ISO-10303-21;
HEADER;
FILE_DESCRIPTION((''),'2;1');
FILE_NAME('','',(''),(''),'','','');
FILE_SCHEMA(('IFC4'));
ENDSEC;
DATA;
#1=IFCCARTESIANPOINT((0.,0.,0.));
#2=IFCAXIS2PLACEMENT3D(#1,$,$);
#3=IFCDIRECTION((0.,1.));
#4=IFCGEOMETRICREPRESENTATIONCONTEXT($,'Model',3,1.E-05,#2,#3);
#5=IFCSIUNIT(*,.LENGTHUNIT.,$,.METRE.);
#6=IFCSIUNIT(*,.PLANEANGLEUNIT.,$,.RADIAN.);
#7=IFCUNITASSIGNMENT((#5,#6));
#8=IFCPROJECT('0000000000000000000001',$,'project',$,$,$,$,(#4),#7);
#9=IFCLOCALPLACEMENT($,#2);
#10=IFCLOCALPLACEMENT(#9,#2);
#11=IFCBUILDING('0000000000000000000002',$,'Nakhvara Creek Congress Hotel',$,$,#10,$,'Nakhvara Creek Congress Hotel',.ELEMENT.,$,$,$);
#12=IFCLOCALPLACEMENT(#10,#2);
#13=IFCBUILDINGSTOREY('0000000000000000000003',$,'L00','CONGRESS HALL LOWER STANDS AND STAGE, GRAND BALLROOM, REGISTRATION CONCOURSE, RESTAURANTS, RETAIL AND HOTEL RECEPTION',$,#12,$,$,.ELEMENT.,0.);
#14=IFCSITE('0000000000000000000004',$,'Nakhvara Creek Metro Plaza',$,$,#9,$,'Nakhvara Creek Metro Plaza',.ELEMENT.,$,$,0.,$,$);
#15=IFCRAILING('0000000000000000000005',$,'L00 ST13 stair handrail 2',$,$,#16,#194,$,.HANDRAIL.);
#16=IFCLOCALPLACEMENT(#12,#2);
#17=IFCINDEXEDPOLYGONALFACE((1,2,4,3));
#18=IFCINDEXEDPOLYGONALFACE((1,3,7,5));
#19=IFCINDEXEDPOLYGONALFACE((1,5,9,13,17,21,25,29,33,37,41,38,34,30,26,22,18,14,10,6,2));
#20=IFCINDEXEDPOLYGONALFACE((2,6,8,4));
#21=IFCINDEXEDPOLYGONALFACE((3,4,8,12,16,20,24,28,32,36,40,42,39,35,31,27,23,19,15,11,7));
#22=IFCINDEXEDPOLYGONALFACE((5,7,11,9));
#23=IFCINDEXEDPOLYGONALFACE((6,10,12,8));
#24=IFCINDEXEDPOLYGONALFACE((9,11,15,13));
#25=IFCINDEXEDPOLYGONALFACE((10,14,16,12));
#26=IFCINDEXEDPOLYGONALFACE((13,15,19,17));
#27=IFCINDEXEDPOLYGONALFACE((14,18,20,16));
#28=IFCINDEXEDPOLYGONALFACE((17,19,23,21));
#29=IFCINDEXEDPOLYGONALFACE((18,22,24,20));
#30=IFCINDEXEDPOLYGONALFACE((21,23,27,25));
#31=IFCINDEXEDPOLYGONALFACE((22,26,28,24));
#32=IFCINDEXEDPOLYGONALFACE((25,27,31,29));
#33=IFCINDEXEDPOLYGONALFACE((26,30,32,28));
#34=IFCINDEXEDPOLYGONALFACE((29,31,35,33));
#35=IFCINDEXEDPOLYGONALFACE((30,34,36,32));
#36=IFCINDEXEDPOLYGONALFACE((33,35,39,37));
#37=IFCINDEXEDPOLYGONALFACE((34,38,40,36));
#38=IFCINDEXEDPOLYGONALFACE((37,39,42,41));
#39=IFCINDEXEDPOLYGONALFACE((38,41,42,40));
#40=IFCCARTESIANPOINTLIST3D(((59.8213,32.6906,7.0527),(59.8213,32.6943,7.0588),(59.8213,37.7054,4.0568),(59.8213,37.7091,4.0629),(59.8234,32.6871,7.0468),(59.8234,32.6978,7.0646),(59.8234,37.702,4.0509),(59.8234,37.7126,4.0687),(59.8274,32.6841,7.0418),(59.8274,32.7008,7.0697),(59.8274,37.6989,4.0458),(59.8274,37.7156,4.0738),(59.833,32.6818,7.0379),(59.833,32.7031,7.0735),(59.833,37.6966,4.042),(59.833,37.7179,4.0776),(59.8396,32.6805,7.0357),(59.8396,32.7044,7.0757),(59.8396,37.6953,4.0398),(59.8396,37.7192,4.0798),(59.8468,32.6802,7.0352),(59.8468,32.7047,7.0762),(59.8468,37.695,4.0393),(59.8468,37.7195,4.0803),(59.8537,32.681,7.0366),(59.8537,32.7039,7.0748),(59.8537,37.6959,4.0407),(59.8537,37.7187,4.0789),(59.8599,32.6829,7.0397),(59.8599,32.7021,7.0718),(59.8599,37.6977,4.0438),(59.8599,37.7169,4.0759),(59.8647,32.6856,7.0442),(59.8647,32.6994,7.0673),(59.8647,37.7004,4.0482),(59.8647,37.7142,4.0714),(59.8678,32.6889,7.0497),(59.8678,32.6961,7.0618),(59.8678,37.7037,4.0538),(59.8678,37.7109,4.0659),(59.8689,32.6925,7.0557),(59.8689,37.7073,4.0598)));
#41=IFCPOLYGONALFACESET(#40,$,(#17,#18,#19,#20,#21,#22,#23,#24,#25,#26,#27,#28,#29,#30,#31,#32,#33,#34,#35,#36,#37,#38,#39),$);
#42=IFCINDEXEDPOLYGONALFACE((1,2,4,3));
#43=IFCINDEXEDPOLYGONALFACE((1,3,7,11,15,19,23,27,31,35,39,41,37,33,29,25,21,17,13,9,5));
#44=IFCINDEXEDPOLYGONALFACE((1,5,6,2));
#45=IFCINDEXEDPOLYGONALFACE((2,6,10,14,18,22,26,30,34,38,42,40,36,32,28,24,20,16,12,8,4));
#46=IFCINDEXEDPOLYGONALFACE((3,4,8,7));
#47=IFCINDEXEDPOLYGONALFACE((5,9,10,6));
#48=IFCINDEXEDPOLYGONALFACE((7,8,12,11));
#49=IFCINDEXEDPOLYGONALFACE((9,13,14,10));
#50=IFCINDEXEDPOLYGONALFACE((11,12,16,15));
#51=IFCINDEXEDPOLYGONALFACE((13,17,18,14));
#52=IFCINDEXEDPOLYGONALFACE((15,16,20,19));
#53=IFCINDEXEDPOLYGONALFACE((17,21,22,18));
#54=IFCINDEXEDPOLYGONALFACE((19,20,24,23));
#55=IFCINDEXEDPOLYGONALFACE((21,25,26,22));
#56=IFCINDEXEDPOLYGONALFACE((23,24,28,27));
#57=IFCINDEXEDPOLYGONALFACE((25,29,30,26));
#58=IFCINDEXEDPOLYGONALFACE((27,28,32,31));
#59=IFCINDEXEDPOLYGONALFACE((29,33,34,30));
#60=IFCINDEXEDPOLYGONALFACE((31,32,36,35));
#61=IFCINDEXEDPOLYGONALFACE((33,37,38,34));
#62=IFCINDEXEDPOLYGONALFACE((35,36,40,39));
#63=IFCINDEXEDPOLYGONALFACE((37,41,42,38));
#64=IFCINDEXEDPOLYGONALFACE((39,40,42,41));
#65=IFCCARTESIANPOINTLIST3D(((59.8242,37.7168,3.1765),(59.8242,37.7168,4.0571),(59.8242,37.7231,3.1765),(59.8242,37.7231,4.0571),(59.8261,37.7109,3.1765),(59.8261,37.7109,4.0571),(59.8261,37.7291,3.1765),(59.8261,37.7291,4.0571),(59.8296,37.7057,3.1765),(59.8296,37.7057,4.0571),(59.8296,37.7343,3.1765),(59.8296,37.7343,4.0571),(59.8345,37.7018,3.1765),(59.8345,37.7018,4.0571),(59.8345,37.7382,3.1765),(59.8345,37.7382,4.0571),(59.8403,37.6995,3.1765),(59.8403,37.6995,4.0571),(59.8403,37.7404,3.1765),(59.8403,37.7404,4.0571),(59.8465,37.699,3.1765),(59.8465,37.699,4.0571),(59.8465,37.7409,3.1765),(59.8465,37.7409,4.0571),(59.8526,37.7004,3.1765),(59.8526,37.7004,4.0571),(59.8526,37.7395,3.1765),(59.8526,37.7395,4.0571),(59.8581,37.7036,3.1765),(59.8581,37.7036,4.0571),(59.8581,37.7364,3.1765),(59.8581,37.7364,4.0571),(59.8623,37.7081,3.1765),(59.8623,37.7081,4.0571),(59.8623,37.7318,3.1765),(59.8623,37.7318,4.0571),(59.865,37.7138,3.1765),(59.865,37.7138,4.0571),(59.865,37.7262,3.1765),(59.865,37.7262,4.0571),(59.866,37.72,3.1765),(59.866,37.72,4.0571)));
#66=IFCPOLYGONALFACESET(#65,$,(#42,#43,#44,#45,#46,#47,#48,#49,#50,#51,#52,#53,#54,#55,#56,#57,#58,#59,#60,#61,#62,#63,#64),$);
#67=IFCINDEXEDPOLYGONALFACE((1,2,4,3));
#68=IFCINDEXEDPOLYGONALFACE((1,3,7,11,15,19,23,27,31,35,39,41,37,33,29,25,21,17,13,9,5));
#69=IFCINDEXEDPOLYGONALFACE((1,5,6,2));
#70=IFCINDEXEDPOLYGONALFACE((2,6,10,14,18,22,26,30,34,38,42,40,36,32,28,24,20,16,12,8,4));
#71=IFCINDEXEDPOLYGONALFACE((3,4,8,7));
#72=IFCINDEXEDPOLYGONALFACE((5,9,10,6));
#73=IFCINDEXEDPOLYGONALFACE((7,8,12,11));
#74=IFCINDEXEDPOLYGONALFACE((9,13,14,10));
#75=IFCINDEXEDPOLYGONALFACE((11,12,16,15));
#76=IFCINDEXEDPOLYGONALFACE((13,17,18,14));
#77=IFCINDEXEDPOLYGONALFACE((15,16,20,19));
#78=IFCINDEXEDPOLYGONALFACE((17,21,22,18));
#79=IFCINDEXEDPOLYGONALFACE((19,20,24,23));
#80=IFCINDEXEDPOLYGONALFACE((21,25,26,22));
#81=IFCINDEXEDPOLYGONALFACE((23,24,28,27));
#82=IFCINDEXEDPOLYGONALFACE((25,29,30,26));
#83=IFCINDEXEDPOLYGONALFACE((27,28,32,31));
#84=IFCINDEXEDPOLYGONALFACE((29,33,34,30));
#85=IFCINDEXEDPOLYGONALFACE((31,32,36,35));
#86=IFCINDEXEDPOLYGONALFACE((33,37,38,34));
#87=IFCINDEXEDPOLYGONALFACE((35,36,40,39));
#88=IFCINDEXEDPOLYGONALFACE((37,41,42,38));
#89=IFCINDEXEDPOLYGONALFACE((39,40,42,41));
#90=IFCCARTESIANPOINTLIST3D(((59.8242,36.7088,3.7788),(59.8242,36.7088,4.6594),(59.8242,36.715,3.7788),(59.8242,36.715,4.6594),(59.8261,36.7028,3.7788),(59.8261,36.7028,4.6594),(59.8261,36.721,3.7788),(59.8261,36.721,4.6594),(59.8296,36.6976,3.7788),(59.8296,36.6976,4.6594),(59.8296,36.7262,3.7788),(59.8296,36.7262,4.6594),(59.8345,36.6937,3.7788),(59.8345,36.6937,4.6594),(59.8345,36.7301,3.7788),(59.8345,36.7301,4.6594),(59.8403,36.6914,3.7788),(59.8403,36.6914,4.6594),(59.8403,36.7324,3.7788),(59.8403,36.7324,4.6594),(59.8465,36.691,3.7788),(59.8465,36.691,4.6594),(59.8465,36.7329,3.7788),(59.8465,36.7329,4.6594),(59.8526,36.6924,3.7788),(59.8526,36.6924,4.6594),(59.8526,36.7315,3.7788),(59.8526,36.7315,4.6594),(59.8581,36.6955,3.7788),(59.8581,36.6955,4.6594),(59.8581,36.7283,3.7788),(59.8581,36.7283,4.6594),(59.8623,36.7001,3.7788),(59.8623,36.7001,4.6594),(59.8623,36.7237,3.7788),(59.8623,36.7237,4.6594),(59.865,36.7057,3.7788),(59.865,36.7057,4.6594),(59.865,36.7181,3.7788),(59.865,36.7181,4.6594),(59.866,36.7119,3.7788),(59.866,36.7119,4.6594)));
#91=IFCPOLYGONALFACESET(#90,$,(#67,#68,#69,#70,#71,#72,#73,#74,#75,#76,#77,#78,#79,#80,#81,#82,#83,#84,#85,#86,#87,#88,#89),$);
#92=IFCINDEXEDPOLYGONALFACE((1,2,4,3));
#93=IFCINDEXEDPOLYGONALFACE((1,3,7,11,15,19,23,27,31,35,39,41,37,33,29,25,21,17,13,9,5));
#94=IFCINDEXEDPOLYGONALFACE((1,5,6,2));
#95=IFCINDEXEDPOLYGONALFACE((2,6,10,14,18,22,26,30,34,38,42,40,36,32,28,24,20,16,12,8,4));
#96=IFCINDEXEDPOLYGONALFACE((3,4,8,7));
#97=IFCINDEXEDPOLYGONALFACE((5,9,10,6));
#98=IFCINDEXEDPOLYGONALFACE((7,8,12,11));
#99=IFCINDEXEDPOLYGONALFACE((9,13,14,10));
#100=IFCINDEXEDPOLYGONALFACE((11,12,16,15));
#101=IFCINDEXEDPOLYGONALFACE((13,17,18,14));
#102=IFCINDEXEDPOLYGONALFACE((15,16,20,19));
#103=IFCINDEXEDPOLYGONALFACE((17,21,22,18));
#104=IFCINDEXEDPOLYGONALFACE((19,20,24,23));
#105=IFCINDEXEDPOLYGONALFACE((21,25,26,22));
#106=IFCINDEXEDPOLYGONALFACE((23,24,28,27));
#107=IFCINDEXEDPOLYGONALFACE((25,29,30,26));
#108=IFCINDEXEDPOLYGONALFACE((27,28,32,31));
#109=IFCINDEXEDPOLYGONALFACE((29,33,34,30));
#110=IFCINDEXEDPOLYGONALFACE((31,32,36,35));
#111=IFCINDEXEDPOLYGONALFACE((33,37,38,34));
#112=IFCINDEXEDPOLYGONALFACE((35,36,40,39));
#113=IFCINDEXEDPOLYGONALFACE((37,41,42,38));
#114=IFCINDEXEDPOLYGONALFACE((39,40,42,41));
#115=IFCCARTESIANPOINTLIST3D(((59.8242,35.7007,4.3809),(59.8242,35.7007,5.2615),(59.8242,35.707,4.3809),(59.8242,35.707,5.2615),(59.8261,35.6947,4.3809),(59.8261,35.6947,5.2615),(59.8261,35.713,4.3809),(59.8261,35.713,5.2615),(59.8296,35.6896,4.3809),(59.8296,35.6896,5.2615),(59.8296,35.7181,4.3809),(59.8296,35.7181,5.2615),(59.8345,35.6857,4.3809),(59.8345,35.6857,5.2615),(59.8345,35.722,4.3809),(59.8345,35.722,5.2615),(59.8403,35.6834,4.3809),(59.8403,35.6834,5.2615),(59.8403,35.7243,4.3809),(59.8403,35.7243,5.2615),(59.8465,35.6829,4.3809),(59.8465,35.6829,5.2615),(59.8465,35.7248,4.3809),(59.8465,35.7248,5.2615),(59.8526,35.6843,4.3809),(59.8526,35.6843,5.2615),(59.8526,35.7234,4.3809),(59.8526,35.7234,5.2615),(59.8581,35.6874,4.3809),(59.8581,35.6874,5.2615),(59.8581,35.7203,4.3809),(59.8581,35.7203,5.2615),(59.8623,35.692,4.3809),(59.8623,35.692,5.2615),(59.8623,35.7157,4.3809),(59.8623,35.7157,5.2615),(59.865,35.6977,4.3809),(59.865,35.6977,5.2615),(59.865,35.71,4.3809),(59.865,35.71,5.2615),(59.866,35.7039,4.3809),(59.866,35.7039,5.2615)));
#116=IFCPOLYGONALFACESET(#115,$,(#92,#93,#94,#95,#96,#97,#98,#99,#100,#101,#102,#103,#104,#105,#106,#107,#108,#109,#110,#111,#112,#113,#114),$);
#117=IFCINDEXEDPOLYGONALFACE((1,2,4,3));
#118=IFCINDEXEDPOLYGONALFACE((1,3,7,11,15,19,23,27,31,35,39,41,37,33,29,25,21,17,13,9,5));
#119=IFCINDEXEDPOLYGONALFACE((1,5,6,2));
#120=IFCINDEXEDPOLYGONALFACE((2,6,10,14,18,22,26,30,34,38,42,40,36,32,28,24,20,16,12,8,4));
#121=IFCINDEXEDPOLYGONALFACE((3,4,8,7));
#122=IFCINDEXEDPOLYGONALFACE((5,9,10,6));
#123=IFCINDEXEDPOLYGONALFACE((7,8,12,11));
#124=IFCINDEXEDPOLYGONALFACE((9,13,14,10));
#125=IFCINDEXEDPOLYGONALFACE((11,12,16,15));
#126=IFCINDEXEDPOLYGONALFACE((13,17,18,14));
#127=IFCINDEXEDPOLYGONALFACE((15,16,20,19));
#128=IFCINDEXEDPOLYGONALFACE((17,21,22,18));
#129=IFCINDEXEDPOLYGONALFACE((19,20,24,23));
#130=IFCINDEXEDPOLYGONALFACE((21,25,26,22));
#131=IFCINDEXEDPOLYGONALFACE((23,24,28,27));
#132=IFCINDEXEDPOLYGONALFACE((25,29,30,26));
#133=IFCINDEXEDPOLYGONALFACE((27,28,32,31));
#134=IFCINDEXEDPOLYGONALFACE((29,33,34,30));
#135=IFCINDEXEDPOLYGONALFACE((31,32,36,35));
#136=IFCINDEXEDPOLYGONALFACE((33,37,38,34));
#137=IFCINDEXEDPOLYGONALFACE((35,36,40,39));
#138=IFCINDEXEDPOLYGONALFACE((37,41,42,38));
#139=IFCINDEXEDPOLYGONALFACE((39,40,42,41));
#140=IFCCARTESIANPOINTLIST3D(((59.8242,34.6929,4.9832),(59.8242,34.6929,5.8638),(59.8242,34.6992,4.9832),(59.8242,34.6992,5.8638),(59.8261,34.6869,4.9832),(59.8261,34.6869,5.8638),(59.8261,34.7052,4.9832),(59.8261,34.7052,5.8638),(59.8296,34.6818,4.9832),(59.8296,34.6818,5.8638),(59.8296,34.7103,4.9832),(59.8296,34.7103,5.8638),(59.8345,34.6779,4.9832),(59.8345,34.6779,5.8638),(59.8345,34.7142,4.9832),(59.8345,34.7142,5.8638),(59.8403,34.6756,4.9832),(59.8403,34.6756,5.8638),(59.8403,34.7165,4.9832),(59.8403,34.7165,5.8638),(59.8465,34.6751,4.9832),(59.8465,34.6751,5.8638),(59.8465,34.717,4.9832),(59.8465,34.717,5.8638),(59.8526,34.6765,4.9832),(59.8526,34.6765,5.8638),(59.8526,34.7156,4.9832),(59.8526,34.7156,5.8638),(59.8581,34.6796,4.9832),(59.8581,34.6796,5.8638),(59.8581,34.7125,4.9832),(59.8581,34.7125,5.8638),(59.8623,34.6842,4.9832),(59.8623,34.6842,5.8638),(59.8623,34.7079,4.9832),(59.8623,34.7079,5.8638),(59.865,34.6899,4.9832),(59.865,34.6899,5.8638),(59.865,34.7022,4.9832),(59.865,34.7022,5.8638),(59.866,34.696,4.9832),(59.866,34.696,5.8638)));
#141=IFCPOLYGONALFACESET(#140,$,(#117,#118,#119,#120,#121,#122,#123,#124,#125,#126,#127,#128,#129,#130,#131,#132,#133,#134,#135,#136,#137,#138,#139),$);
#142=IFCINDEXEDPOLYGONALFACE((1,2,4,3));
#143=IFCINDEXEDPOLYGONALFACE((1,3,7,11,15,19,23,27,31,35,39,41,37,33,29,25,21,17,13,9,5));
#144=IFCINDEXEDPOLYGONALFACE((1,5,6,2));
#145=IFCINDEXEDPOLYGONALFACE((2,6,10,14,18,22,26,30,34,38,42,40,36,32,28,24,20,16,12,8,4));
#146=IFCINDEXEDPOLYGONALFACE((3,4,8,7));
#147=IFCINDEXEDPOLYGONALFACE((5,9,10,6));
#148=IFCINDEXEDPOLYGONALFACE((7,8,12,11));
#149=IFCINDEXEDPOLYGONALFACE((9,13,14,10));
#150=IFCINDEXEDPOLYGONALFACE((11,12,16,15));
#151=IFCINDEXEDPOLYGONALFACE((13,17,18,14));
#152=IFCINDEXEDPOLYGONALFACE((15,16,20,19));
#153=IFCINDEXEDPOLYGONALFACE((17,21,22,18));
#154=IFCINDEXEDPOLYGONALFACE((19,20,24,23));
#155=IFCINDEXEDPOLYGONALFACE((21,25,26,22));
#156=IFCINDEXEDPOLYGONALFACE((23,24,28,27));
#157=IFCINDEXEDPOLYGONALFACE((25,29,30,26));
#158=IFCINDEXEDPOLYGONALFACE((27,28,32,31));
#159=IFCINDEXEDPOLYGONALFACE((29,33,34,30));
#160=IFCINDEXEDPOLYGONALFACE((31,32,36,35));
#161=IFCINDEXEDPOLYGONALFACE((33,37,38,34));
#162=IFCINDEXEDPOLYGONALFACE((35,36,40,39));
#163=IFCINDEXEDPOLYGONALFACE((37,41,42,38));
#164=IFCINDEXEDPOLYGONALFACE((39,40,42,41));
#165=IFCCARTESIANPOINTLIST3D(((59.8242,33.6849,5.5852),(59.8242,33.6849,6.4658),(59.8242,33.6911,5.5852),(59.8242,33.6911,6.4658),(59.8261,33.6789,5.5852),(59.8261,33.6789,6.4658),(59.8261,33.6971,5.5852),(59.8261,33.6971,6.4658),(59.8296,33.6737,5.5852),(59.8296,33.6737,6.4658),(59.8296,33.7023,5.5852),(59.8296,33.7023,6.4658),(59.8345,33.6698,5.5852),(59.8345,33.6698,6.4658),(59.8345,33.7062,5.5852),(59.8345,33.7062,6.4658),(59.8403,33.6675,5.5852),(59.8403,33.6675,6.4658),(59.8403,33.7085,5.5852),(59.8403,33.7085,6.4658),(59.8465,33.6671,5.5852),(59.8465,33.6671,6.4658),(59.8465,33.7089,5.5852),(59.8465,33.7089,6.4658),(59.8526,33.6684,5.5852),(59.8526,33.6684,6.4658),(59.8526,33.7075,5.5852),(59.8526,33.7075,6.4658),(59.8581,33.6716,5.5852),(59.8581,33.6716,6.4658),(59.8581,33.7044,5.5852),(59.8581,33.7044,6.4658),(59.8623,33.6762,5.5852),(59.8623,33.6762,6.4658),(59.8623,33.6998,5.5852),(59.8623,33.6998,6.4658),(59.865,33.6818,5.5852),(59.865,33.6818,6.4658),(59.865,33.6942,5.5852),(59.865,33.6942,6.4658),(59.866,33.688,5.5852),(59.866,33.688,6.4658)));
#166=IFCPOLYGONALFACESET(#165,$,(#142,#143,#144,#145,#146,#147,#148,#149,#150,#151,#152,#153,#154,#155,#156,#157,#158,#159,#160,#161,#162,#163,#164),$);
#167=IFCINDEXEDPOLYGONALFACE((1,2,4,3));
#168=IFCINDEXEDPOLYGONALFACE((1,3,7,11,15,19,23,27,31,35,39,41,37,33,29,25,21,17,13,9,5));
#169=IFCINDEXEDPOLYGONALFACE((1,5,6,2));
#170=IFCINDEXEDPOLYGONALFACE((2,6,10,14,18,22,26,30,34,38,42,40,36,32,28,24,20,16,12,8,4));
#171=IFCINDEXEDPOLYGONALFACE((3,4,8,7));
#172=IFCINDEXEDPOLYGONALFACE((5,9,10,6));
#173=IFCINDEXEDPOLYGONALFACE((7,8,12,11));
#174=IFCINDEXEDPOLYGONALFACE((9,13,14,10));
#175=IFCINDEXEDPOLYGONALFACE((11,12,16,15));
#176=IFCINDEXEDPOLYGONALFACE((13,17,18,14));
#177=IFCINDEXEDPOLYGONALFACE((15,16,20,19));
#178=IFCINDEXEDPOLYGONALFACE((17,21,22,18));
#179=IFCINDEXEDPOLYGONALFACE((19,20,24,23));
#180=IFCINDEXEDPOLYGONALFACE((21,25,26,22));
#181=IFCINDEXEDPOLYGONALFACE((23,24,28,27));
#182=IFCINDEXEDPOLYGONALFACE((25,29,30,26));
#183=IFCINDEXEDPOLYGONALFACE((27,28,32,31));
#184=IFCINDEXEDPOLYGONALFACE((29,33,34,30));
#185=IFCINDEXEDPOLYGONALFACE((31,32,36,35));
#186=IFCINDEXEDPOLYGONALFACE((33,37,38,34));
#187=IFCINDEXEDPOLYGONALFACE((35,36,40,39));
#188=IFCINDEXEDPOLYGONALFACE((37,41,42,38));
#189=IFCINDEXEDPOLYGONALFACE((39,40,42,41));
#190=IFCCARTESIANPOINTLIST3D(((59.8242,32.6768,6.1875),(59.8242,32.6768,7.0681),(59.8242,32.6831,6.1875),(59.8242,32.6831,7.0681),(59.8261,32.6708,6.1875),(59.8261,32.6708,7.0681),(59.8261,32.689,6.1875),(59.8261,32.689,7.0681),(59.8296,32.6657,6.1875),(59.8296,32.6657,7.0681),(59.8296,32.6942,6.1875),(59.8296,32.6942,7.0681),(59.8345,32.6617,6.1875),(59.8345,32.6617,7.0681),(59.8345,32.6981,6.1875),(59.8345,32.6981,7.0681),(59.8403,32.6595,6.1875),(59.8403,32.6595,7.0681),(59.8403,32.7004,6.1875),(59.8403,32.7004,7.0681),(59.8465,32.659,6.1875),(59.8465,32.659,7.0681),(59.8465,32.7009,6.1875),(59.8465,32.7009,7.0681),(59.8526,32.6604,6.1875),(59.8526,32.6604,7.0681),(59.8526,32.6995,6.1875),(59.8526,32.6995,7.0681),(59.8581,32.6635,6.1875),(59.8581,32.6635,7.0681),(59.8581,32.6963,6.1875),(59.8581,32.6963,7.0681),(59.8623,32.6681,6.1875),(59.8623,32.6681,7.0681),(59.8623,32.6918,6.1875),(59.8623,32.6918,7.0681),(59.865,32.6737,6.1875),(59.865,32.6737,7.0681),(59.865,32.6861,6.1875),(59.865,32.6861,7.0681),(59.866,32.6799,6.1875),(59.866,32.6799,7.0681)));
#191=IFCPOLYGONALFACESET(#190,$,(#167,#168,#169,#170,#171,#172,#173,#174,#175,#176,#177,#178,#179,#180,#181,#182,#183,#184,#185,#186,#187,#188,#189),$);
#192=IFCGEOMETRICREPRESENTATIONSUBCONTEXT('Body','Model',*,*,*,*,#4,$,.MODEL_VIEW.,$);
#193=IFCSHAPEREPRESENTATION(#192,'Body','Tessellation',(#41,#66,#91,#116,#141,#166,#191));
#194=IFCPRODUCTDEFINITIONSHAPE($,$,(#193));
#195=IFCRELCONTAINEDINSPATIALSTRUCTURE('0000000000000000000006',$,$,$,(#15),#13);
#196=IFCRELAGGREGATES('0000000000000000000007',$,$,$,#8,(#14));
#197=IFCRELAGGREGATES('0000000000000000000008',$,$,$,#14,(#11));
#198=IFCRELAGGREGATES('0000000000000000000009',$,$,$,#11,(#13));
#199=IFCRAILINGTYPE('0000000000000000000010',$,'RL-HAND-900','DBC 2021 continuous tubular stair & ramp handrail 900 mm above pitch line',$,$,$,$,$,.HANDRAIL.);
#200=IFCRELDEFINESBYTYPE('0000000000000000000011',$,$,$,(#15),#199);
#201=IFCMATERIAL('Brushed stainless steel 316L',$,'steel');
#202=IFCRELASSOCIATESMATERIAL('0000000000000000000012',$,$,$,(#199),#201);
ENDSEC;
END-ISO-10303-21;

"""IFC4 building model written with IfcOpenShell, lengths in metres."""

from ifc_helpers import new_model, si_unit, direction, frame, origin, origin_2d, place, context, subcontext, project, spatial, circle, extrude, material, type_object, element, save


model = new_model("IFC4")

# Units and contexts
model_context = context("Model", 3, precision=1e-05, world=origin(), true_north=direction((0.0, 1.0)))
body_context = subcontext(model_context, "Body", "Model", "MODEL_VIEW")
ifc_project = project(units=[si_unit("LENGTHUNIT", "METRE"), si_unit("PLANEANGLEUNIT", "RADIAN")], contexts=[model_context])

# Site, building, storey
site_placement = place(None, origin())
site = spatial("IfcSite", under=ifc_project, at=site_placement, Name="Nakhvara Creek Metro Plaza", LongName="Nakhvara Creek Metro Plaza", CompositionType="ELEMENT", RefElevation=0.0)
building_placement = place(site_placement, origin())
building = spatial("IfcBuilding", under=site, at=building_placement, Name="Nakhvara Creek Congress Hotel", LongName="Nakhvara Creek Congress Hotel", CompositionType="ELEMENT")
storey_placement = place(building_placement, origin())
storey = spatial("IfcBuildingStorey", under=building, at=storey_placement, Name="L00", Description="CONGRESS HALL LOWER STANDS AND STAGE, GRAND BALLROOM, REGISTRATION CONCOURSE, RESTAURANTS, RETAIL AND HOTEL RECEPTION", CompositionType="ELEMENT", Elevation=0.0)

# Railing
ifc_material_1 = material(Name="Brushed stainless steel 316L", Category="steel")
railing_type_1 = type_object("IfcRailingType", Name="RL-HAND-900", Description="DBC 2021 continuous tubular stair & ramp handrail 900 mm above pitch line", PredefinedType="HANDRAIL", material=ifc_material_1)
railing_1_placement = place(storey_placement, frame((59.845, 37.72, 3.1765)))
element("IfcRailing", 1, at=railing_1_placement, inside=storey, type_object=railing_type_1, Name="L00 ST13 stair handrail 2", PredefinedType="HANDRAIL", context=body_context, shape_type="SweptSolid", body=[
    extrude(circle(Radius=0.0239, at=origin_2d()), frame((0.0, -0.0127, 0.8833), z_axis=(0.0, -0.858471, 0.512862), x_axis=(1.0, 0.0, 0.0)), (0.0, 0.0, 1.0), 5.8416),
    extrude(circle(Radius=0.021, at=origin_2d()), origin(), (0.0, 0.0, 1.0), 0.8806),
    extrude(circle(Radius=0.021, at=origin_2d()), frame((0.0, -1.0081, 0.6023)), (0.0, 0.0, 1.0), 0.8806),
    extrude(circle(Radius=0.021, at=origin_2d()), frame((0.0, -2.0161, 1.2043)), (0.0, 0.0, 1.0), 0.8806),
    extrude(circle(Radius=0.021, at=origin_2d()), frame((0.0, -3.0239, 1.8066)), (0.0, 0.0, 1.0), 0.8806),
    extrude(circle(Radius=0.021, at=origin_2d()), frame((0.0, -4.032, 2.4087)), (0.0, 0.0, 1.0), 0.8806),
    extrude(circle(Radius=0.021, at=origin_2d()), frame((0.0, -5.04, 3.011)), (0.0, 0.0, 1.0), 0.8806),
])

save(model, "model.ifc")
